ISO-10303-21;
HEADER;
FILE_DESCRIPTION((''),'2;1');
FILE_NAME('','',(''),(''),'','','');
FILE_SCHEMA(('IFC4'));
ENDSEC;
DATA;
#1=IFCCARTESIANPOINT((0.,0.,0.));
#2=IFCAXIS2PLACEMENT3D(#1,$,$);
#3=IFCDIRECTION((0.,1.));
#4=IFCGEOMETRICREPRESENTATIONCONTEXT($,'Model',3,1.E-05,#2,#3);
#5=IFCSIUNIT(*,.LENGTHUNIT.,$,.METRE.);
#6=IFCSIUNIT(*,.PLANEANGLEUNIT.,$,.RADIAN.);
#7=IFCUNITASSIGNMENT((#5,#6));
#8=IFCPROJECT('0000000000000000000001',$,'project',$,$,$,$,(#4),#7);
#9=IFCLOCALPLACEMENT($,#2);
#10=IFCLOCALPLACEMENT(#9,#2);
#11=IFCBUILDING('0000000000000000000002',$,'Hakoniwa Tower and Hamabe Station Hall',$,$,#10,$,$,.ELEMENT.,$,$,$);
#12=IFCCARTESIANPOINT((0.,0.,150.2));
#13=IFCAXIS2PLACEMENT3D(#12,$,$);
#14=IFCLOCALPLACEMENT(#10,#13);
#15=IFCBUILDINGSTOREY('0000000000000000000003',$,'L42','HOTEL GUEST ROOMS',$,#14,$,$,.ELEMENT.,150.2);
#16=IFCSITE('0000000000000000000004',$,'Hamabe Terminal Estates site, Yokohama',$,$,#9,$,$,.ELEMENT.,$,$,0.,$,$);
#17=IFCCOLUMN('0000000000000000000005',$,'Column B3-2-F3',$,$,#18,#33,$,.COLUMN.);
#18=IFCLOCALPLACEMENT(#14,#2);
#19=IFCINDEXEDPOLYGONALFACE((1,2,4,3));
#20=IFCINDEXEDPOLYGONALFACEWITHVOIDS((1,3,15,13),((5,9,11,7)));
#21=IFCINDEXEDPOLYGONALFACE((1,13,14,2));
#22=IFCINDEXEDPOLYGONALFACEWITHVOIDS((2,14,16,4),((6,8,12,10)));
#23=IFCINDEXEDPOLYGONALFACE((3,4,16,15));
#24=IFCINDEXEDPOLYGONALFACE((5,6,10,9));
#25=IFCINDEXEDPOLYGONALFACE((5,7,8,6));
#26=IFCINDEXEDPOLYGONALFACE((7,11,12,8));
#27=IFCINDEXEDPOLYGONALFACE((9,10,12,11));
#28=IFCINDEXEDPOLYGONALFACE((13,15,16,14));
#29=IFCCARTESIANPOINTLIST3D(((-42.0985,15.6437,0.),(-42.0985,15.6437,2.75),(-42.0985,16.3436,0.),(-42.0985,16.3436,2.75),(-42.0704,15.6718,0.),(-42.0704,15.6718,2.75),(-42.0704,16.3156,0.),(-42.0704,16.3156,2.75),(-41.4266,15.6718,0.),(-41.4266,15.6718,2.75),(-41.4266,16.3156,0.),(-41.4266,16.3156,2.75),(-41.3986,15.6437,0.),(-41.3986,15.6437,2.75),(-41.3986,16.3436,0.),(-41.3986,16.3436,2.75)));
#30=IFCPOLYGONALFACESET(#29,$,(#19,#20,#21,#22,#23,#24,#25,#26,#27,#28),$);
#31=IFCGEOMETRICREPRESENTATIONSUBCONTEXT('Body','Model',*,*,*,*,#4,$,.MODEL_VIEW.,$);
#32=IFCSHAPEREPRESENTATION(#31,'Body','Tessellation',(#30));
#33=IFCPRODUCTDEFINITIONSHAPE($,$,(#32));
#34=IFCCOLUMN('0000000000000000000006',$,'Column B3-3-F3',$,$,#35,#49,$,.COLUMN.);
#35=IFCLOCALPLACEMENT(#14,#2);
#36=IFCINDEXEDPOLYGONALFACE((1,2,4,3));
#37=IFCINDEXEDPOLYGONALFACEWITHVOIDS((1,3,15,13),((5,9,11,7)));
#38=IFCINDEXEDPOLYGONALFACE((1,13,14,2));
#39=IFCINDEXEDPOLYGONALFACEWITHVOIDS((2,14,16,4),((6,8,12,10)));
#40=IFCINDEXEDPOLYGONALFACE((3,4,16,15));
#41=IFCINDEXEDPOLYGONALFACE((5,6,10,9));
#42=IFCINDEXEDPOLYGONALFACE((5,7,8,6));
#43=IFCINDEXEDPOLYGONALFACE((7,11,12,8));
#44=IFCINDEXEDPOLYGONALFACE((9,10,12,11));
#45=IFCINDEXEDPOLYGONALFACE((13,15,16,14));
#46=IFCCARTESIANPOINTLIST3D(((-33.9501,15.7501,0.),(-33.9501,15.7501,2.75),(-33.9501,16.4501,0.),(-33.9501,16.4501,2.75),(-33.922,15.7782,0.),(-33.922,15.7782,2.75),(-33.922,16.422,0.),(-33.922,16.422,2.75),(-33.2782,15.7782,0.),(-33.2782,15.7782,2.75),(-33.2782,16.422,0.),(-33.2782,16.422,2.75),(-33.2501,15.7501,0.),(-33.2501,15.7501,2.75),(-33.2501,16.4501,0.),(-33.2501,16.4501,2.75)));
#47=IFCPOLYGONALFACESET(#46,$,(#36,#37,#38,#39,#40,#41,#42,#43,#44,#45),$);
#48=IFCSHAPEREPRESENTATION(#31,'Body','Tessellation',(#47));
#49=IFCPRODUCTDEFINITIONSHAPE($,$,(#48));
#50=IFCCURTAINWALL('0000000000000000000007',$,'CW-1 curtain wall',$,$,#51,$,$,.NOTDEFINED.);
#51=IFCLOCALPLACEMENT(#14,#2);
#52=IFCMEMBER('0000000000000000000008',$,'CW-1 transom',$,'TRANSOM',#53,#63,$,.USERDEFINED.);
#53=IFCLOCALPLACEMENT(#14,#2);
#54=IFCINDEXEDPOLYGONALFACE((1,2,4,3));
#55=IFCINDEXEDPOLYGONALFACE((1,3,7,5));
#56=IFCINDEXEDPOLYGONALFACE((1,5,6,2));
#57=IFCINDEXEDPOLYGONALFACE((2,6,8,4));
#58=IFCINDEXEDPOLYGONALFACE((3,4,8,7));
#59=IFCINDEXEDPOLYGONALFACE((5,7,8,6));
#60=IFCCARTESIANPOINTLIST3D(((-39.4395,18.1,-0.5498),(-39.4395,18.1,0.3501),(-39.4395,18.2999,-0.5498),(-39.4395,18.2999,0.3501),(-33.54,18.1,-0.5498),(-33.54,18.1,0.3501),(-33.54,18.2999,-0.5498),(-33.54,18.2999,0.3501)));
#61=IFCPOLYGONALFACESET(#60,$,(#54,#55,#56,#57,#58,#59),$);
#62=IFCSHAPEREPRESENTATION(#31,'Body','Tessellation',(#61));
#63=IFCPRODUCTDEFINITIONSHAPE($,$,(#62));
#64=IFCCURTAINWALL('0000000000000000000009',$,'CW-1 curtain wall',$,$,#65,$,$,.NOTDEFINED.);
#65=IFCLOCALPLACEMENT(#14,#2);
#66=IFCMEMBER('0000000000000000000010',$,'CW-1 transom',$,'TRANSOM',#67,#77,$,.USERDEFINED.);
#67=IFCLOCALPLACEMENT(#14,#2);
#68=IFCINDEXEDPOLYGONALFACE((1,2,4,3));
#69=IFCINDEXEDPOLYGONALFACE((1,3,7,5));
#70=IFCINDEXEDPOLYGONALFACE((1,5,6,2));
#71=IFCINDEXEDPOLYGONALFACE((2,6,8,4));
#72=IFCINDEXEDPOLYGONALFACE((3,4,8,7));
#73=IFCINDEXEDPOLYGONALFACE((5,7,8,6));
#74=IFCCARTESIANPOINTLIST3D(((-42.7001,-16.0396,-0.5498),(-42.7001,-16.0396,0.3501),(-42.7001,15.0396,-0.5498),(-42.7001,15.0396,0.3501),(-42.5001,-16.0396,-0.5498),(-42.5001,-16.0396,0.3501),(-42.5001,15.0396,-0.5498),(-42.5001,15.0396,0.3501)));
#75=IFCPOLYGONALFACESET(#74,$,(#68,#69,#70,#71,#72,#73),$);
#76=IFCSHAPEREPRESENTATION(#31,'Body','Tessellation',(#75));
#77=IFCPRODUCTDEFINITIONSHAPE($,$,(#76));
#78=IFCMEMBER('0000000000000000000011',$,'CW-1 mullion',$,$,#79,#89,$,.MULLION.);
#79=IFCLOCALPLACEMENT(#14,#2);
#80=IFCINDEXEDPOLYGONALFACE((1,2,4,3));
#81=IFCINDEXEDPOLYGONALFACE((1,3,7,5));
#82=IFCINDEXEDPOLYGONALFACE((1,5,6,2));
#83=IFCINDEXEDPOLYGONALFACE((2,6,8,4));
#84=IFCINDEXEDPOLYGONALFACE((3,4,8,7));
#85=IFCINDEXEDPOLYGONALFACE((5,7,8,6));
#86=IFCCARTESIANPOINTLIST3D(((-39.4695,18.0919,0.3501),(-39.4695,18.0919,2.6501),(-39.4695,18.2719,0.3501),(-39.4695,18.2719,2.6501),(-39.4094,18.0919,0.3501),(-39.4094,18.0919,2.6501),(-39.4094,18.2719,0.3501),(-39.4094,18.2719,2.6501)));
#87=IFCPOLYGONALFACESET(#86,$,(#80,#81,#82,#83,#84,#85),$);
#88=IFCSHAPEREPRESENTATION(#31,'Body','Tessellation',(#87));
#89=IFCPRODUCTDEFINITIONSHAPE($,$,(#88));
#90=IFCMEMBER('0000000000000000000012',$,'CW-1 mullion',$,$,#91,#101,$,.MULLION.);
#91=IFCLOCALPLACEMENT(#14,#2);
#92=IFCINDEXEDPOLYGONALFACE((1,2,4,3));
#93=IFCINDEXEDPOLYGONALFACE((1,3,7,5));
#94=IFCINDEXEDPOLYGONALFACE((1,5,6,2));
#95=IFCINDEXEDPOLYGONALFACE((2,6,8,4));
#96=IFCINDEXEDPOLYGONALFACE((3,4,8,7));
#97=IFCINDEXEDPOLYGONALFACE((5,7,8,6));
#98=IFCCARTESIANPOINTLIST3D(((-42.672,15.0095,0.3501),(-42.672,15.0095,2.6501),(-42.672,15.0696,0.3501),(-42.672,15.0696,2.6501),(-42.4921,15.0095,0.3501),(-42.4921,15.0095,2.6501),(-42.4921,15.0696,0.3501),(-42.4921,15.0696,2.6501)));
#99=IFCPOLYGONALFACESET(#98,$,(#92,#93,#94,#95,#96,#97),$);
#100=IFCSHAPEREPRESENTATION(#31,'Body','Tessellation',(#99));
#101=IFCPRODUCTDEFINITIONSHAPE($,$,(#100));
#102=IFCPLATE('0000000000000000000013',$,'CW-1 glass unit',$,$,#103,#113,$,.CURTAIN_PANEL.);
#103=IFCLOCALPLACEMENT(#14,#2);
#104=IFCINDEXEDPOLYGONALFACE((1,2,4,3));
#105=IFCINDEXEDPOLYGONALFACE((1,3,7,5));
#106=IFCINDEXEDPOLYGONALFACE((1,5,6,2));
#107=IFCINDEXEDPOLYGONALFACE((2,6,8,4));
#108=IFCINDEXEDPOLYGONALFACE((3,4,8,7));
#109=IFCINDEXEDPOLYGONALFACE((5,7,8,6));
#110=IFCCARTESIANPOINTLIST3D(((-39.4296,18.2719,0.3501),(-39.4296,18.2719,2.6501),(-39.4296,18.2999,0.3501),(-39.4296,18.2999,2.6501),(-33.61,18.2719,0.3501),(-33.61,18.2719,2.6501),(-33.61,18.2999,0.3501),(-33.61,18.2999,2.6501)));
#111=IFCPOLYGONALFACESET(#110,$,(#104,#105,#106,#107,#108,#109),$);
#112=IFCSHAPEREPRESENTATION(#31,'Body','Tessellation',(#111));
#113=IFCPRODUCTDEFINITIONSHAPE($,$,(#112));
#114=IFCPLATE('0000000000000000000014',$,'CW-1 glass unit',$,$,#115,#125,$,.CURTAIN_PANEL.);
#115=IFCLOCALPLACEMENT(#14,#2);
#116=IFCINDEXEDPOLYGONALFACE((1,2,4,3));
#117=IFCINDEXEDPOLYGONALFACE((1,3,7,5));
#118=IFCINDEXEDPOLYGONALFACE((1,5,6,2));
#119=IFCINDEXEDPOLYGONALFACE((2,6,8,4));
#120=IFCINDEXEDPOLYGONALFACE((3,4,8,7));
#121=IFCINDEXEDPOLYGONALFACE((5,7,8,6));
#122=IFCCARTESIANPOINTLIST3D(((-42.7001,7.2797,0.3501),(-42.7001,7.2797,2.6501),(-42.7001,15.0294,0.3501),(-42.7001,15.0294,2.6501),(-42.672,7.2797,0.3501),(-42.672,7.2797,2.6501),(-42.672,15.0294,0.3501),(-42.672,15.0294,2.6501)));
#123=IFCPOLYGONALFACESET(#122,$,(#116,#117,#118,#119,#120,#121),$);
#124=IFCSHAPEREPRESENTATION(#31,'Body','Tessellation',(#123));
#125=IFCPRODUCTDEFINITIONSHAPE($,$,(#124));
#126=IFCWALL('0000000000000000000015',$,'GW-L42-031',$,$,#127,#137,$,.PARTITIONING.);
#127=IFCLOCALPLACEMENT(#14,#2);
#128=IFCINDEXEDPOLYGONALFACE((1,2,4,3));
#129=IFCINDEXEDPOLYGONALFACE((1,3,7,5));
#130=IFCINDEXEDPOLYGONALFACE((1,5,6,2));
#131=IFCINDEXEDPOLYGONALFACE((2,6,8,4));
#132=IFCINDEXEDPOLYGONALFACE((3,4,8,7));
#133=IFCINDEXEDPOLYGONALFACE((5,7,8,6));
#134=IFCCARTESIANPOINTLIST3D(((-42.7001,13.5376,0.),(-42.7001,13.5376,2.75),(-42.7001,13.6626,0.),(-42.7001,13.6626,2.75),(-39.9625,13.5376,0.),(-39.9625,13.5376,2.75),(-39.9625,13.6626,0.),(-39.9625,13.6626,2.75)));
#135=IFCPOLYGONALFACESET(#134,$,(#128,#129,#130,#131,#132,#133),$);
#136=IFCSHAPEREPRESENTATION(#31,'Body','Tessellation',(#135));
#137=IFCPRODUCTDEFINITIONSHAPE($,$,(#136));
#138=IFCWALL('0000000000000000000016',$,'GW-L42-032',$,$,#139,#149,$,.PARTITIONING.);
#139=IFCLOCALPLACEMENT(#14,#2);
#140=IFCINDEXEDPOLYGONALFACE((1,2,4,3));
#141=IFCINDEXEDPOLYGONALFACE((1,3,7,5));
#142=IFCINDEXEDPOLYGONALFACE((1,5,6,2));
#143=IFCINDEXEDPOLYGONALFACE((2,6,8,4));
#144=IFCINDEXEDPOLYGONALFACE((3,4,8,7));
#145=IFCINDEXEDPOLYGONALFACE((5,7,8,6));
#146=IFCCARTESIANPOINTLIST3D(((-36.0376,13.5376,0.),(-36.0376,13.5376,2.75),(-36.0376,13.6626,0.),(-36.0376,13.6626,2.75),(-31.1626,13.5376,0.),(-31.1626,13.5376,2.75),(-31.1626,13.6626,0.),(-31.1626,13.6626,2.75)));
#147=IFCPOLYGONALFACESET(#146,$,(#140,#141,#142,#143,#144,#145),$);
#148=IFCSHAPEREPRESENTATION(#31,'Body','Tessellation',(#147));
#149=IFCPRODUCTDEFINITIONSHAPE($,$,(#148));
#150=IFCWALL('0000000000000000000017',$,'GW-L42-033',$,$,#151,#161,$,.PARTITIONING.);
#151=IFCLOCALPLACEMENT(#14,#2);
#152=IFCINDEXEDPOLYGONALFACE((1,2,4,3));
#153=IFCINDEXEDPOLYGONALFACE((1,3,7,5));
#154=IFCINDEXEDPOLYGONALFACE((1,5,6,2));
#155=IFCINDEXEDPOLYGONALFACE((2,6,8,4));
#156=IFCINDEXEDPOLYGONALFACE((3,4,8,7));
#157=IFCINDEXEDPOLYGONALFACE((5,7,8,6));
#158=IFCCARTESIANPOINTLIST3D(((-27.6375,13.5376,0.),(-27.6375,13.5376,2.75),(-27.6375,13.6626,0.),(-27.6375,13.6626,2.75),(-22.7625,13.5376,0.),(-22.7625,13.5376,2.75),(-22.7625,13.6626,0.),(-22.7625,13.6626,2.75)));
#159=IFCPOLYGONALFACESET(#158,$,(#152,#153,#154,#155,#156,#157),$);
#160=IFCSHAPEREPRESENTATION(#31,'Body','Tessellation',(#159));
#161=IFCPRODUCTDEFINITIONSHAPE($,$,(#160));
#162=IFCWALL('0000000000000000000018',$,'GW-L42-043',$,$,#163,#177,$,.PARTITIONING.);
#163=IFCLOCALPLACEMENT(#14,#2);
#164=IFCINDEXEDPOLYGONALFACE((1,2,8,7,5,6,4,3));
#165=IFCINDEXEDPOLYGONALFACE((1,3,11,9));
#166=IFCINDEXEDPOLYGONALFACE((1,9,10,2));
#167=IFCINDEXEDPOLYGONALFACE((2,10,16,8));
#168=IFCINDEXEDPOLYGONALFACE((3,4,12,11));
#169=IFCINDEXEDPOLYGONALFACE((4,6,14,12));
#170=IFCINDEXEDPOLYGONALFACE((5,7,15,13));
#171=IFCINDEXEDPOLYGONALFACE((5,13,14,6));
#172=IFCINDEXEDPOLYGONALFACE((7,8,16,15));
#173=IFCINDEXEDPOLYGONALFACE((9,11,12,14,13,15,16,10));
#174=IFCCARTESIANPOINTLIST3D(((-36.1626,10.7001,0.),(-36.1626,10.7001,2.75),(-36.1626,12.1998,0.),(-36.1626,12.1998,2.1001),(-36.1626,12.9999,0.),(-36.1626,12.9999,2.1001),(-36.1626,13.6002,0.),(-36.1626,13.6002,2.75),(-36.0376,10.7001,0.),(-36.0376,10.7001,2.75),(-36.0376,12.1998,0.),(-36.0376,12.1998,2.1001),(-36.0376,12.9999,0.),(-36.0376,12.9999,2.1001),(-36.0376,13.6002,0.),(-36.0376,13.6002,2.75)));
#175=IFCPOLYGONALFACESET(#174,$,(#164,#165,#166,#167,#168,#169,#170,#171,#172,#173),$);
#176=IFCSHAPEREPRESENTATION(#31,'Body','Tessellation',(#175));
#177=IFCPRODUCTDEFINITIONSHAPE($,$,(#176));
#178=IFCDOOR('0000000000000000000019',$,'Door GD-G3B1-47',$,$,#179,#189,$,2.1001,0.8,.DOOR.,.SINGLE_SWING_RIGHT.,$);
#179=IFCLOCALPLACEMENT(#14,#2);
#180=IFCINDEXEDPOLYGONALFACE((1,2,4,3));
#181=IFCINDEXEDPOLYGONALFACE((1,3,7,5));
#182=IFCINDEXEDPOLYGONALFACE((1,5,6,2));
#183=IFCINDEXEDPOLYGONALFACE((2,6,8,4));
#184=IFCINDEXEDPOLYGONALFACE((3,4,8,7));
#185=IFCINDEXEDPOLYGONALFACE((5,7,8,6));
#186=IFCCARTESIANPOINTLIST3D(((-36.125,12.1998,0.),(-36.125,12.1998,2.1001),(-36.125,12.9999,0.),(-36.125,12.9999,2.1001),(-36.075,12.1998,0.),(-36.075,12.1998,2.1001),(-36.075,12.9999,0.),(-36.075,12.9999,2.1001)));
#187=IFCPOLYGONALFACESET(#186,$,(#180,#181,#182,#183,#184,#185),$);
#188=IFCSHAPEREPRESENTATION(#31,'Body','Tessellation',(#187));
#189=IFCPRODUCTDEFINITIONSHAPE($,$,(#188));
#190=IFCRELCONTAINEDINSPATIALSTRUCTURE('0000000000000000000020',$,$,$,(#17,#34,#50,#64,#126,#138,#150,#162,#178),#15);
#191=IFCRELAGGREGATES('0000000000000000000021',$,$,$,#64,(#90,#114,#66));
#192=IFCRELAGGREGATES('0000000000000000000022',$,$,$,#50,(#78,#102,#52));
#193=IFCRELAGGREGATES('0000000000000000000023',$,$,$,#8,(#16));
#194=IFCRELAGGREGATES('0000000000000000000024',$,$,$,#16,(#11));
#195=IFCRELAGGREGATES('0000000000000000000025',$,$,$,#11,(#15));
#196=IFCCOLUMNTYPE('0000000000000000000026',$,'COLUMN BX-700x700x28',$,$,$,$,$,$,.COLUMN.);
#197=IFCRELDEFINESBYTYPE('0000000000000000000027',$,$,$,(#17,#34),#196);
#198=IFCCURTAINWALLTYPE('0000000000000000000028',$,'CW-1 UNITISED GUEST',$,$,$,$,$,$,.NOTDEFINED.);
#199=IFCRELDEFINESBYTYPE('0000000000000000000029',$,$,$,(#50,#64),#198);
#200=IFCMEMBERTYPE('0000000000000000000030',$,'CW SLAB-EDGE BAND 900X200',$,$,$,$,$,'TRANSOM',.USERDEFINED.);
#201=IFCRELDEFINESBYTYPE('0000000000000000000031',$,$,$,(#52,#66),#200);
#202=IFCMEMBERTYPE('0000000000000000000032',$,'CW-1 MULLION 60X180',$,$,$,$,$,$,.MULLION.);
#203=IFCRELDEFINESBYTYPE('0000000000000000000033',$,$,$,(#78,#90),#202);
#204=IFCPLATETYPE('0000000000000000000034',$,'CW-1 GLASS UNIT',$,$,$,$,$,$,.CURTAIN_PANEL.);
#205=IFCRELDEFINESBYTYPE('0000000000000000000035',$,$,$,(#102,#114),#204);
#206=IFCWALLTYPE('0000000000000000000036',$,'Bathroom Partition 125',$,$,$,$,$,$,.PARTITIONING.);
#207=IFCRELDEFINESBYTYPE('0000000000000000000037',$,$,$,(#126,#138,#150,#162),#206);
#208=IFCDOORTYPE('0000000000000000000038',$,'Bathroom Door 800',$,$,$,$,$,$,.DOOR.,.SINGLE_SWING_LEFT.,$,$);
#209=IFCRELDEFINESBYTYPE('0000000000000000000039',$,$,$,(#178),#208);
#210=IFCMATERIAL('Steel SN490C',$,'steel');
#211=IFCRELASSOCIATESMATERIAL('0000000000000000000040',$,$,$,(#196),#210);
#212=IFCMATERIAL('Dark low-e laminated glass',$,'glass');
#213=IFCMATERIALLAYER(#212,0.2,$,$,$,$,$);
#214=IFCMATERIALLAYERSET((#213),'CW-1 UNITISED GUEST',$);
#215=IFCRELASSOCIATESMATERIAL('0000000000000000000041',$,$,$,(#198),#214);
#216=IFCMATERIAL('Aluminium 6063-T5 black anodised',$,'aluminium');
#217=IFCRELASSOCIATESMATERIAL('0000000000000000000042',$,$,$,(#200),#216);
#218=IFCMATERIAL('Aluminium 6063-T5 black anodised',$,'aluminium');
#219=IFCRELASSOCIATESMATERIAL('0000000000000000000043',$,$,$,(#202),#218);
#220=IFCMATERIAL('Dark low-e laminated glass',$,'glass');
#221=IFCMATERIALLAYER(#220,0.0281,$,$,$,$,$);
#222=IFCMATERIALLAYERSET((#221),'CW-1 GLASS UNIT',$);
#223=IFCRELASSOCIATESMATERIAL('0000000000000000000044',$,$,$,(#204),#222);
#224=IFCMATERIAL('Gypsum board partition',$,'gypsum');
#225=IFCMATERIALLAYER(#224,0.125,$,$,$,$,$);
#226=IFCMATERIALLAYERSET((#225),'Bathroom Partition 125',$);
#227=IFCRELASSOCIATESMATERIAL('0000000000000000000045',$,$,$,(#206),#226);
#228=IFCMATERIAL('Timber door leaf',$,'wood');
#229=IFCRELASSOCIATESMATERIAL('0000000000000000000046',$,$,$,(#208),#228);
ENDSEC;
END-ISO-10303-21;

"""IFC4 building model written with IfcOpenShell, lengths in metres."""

from ifc_helpers import new_model, si_unit, direction, frame, frame_2d, origin, origin_2d, place, context, subcontext, project, spatial, rectangle, hollow_rectangle, extrude, material, layer, layer_set, material_profile, profile_set, type_object, element, fill, aggregate, save


model = new_model("IFC4")

# Units and contexts
model_context = context("Model", 3, precision=1e-05, world=origin(), true_north=direction((0.0, 1.0)))
body_context = subcontext(model_context, "Body", "Model", "MODEL_VIEW")
ifc_project = project(units=[si_unit("LENGTHUNIT", "METRE"), si_unit("PLANEANGLEUNIT", "RADIAN")], contexts=[model_context])

# Site, building, storey
site_placement = place(None, origin())
site = spatial("IfcSite", under=ifc_project, at=site_placement, Name="Hamabe Terminal Estates site, Yokohama", CompositionType="ELEMENT", RefElevation=0.0)
building_placement = place(site_placement, origin())
building = spatial("IfcBuilding", under=site, at=building_placement, Name="Hakoniwa Tower and Hamabe Station Hall", CompositionType="ELEMENT")
storey_placement = place(building_placement, frame((0.0, 0.0, 150.2)))
storey = spatial("IfcBuildingStorey", under=building, at=storey_placement, Name="L42", Description="HOTEL GUEST ROOMS", CompositionType="ELEMENT", Elevation=150.2)

# Columns
ifc_material_1 = material(Name="Steel SN490C", Category="steel")
ifc_material_profile_1 = material_profile(ifc_material_1, hollow_rectangle(XDim=0.7, YDim=0.7, WallThickness=0.0281, at=origin_2d()), Name="BX-700x700x28")
ifc_profile_set_1 = profile_set([ifc_material_profile_1], Name="Steel SN490C")
column_type = type_object("IfcColumnType", Name="COLUMN BX-700x700x28", PredefinedType="COLUMN", material=ifc_profile_set_1)
for number, where, z_axis, x_axis, name in (
    (1, (-41.7485, 15.9937, 0.0), (0.0, 0.0, 1.0), (1.0, 0.0, 0.0), "Column B3-2-F3"),
    (2, (-33.6001, 16.1001, 0.0), (0.0, 0.0, 1.0), (1.0, 0.0, 0.0), "Column B3-3-F3"),
):
    element("IfcColumn", number, at=place(storey_placement, frame(where, z_axis=z_axis, x_axis=x_axis)), inside=storey, type_object=column_type, Name=name, PredefinedType="COLUMN", context=body_context, shape_type="SweptSolid", body=[
        extrude(hollow_rectangle(XDim=0.7, YDim=0.7, WallThickness=0.0281, at=origin_2d()), origin(), (0.0, 0.0, 1.0), 2.75),
    ])

# Curtain walls, members
ifc_material_2 = material(Name="Dark low-e laminated glass", Category="glass")
ifc_layer_1 = layer(ifc_material_2, 0.2)
ifc_layer_set_1 = layer_set([ifc_layer_1], Name="CW-1 UNITISED GUEST")
curtain_wall_type = type_object("IfcCurtainWallType", Name="CW-1 UNITISED GUEST", PredefinedType="NOTDEFINED", material=ifc_layer_set_1)
curtain_wall_1_placement = place(storey_placement, origin())
curtain_wall_1 = element("IfcCurtainWall", 3, at=curtain_wall_1_placement, inside=storey, type_object=curtain_wall_type, Name="CW-1 curtain wall", PredefinedType="NOTDEFINED")
ifc_material_3 = material(Name="Aluminium 6063-T5 black anodised", Category="aluminium")
ifc_material_profile_2 = material_profile(ifc_material_3, rectangle(XDim=0.2, YDim=0.8999, at=origin_2d()), Name="CW SLAB-EDGE BAND 900X200")
ifc_profile_set_2 = profile_set([ifc_material_profile_2], Name="Aluminium 6063-T5 black anodised")
member_type_1 = type_object("IfcMemberType", Name="CW SLAB-EDGE BAND 900X200", ElementType="TRANSOM", PredefinedType="USERDEFINED", material=ifc_profile_set_2)
member_1_placement = place(storey_placement, frame((-33.54, 18.2, -0.0999), z_axis=(-1.0, 0.0, 0.0), x_axis=(0.0, -1.0, 0.0)))
member_1 = element("IfcMember", 4, at=member_1_placement, type_object=member_type_1, Name="CW-1 transom", ObjectType="TRANSOM", PredefinedType="USERDEFINED", context=body_context, shape_type="SweptSolid", body=[
    extrude(rectangle(XDim=0.2, YDim=0.8999, at=origin_2d()), origin(), (0.0, 0.0, 1.0), 5.8994),
])
curtain_wall_2_placement = place(storey_placement, origin())
curtain_wall_2 = element("IfcCurtainWall", 5, at=curtain_wall_2_placement, inside=storey, type_object=curtain_wall_type, Name="CW-1 curtain wall", PredefinedType="NOTDEFINED")
member_2_placement = place(storey_placement, frame((-42.6001, 15.0396, -0.0999), z_axis=(0.0, -1.0, 0.0), x_axis=(1.0, 0.0, 0.0)))
member_2 = element("IfcMember", 6, at=member_2_placement, type_object=member_type_1, Name="CW-1 transom", ObjectType="TRANSOM", PredefinedType="USERDEFINED", context=body_context, shape_type="SweptSolid", body=[
    extrude(rectangle(XDim=0.2, YDim=0.8999, at=origin_2d()), origin(), (0.0, 0.0, 1.0), 31.0791),
])

# Members
ifc_material_4 = material(Name="Aluminium 6063-T5 black anodised", Category="aluminium")
ifc_material_profile_3 = material_profile(ifc_material_4, rectangle(XDim=0.0601, YDim=0.1799, at=origin_2d()), Name="CW-1 MULLION 60X180")
ifc_profile_set_3 = profile_set([ifc_material_profile_3], Name="Aluminium 6063-T5 black anodised")
member_type_2 = type_object("IfcMemberType", Name="CW-1 MULLION 60X180", PredefinedType="MULLION", material=ifc_profile_set_3)
member_3_placement = place(storey_placement, frame((-39.4395, 18.1819, 0.3501), z_axis=(0.0, 0.0, 1.0), x_axis=(-1.0, 0.0, 0.0)))
member_3 = element("IfcMember", 7, at=member_3_placement, type_object=member_type_2, Name="CW-1 mullion", PredefinedType="MULLION", context=body_context, shape_type="SweptSolid", body=[
    extrude(rectangle(XDim=0.0601, YDim=0.1799, at=origin_2d()), origin(), (0.0, 0.0, 1.0), 2.3),
])
member_4_placement = place(storey_placement, frame((-42.582, 15.0396, 0.3501), z_axis=(0.0, 0.0, 1.0), x_axis=(0.0, -1.0, 0.0)))
member_4 = element("IfcMember", 8, at=member_4_placement, type_object=member_type_2, Name="CW-1 mullion", PredefinedType="MULLION", context=body_context, shape_type="SweptSolid", body=[
    extrude(rectangle(XDim=0.0601, YDim=0.1799, at=origin_2d()), origin(), (0.0, 0.0, 1.0), 2.3),
])

# Plates
ifc_material_5 = material(Name="Dark low-e laminated glass", Category="glass")
ifc_layer_2 = layer(ifc_material_5, 0.0281)
ifc_layer_set_2 = layer_set([ifc_layer_2], Name="CW-1 GLASS UNIT")
plate_type = type_object("IfcPlateType", Name="CW-1 GLASS UNIT", PredefinedType="CURTAIN_PANEL", material=ifc_layer_set_2)
plate_1_placement = place(storey_placement, frame((-36.5198, 18.2859, 0.3501), z_axis=(0.0, 0.0, 1.0), x_axis=(-1.0, 0.0, 0.0)))
plate_1 = element("IfcPlate", 9, at=plate_1_placement, type_object=plate_type, Name="CW-1 glass unit", PredefinedType="CURTAIN_PANEL", context=body_context, shape_type="SweptSolid", body=[
    extrude(rectangle(XDim=5.8196, YDim=0.0281, at=origin_2d()), origin(), (0.0, 0.0, 1.0), 2.3),
])
plate_2_placement = place(storey_placement, frame((-42.686, 11.1545, 0.3501), z_axis=(0.0, 0.0, 1.0), x_axis=(0.0, -1.0, 0.0)))
plate_2 = element("IfcPlate", 10, at=plate_2_placement, type_object=plate_type, Name="CW-1 glass unit", PredefinedType="CURTAIN_PANEL", context=body_context, shape_type="SweptSolid", body=[
    extrude(rectangle(XDim=7.7498, YDim=0.0281, at=origin_2d()), origin(), (0.0, 0.0, 1.0), 2.3),
])
aggregate(curtain_wall_2, [member_4, plate_2, member_2])

# Walls
ifc_material_6 = material(Name="Gypsum board partition", Category="gypsum")
ifc_layer_3 = layer(ifc_material_6, 0.125)
ifc_layer_set_3 = layer_set([ifc_layer_3], Name="Bathroom Partition 125")
wall_type_1 = type_object("IfcWallType", Name="Bathroom Partition 125", PredefinedType="PARTITIONING", material=ifc_layer_set_3)
wall_1_placement = place(storey_placement, frame((-42.7, 13.6001, 0.0), z_axis=(0.0, 0.0, 1.0), x_axis=(1.0, 0.0, 0.0)))
element("IfcWall", 11, at=wall_1_placement, inside=storey, type_object=wall_type_1, Name="GW-L42-031", PredefinedType="PARTITIONING", context=body_context, shape_type="SweptSolid", body=[
    extrude(rectangle(XDim=2.7375, YDim=0.125, at=frame_2d((1.3687, 0.0))), origin(), (0.0, 0.0, 1.0), 2.75),
])
for number, where, z_axis, x_axis, name in (
    (12, (-36.0376, 13.6001, 0.0), (0.0, 0.0, 1.0), (1.0, 0.0, 0.0), "GW-L42-032"),
    (13, (-27.6375, 13.6001, 0.0), (0.0, 0.0, 1.0), (1.0, 0.0, 0.0), "GW-L42-033"),
):
    element("IfcWall", number, at=place(storey_placement, frame(where, z_axis=z_axis, x_axis=x_axis)), inside=storey, type_object=wall_type_1, Name=name, PredefinedType="PARTITIONING", context=body_context, shape_type="SweptSolid", body=[
        extrude(rectangle(XDim=4.875, YDim=0.125, at=frame_2d((2.4375, 0.0))), origin(), (0.0, 0.0, 1.0), 2.75),
    ])

# Wall, opening, door
wall_2_placement = place(storey_placement, frame((-36.1001, 10.7, 0.0), z_axis=(0.0, 0.0, 1.0), x_axis=(0.0, 1.0, 0.0)))
wall_2 = element("IfcWall", 14, at=wall_2_placement, inside=storey, type_object=wall_type_1, Name="GW-L42-043", PredefinedType="PARTITIONING", context=body_context, shape_type="SweptSolid", body=[
    extrude(rectangle(XDim=2.9001, YDim=0.125, at=frame_2d((1.4502, 0.0))), origin(), (0.0, 0.0, 1.0), 2.75),
])
opening_1_placement = place(wall_2_placement, frame((1.5, 0.0, 0.0)))
opening_1 = element("IfcOpeningElement", 15, at=opening_1_placement, cuts=wall_2, PredefinedType="OPENING", context=body_context, shape_type="SweptSolid", body=[
    extrude(rectangle(XDim=0.8, YDim=2.1001, at=frame_2d((0.3999, 1.05))), frame((0.0, 0.0725, 0.0), z_axis=(0.0, -1.0, 0.0), x_axis=(1.0, 0.0, 0.0)), (0.0, 0.0, 1.0), 0.145),
])
ifc_material_7 = material(Name="Timber door leaf", Category="wood")
door_type_1 = type_object("IfcDoorType", Name="Bathroom Door 800", OperationType="SINGLE_SWING_LEFT", PredefinedType="DOOR", material=ifc_material_7)
door_1_placement = place(opening_1_placement, origin())
door_1 = element("IfcDoor", 16, at=door_1_placement, inside=storey, type_object=door_type_1, Name="Door GD-G3B1-47", OperationType="SINGLE_SWING_RIGHT", OverallHeight=2.1001, OverallWidth=0.8, PredefinedType="DOOR", context=body_context, shape_type="SweptSolid", body=[
    extrude(rectangle(XDim=0.8, YDim=2.1001, at=frame_2d((0.3999, 1.05))), frame((0.0, 0.0249, 0.0), z_axis=(0.0, -1.0, 0.0), x_axis=(1.0, 0.0, 0.0)), (0.0, 0.0, 1.0), 0.05),
])
fill(opening_1, door_1)
aggregate(curtain_wall_1, [member_3, plate_1, member_1])

save(model, "model.ifc")
